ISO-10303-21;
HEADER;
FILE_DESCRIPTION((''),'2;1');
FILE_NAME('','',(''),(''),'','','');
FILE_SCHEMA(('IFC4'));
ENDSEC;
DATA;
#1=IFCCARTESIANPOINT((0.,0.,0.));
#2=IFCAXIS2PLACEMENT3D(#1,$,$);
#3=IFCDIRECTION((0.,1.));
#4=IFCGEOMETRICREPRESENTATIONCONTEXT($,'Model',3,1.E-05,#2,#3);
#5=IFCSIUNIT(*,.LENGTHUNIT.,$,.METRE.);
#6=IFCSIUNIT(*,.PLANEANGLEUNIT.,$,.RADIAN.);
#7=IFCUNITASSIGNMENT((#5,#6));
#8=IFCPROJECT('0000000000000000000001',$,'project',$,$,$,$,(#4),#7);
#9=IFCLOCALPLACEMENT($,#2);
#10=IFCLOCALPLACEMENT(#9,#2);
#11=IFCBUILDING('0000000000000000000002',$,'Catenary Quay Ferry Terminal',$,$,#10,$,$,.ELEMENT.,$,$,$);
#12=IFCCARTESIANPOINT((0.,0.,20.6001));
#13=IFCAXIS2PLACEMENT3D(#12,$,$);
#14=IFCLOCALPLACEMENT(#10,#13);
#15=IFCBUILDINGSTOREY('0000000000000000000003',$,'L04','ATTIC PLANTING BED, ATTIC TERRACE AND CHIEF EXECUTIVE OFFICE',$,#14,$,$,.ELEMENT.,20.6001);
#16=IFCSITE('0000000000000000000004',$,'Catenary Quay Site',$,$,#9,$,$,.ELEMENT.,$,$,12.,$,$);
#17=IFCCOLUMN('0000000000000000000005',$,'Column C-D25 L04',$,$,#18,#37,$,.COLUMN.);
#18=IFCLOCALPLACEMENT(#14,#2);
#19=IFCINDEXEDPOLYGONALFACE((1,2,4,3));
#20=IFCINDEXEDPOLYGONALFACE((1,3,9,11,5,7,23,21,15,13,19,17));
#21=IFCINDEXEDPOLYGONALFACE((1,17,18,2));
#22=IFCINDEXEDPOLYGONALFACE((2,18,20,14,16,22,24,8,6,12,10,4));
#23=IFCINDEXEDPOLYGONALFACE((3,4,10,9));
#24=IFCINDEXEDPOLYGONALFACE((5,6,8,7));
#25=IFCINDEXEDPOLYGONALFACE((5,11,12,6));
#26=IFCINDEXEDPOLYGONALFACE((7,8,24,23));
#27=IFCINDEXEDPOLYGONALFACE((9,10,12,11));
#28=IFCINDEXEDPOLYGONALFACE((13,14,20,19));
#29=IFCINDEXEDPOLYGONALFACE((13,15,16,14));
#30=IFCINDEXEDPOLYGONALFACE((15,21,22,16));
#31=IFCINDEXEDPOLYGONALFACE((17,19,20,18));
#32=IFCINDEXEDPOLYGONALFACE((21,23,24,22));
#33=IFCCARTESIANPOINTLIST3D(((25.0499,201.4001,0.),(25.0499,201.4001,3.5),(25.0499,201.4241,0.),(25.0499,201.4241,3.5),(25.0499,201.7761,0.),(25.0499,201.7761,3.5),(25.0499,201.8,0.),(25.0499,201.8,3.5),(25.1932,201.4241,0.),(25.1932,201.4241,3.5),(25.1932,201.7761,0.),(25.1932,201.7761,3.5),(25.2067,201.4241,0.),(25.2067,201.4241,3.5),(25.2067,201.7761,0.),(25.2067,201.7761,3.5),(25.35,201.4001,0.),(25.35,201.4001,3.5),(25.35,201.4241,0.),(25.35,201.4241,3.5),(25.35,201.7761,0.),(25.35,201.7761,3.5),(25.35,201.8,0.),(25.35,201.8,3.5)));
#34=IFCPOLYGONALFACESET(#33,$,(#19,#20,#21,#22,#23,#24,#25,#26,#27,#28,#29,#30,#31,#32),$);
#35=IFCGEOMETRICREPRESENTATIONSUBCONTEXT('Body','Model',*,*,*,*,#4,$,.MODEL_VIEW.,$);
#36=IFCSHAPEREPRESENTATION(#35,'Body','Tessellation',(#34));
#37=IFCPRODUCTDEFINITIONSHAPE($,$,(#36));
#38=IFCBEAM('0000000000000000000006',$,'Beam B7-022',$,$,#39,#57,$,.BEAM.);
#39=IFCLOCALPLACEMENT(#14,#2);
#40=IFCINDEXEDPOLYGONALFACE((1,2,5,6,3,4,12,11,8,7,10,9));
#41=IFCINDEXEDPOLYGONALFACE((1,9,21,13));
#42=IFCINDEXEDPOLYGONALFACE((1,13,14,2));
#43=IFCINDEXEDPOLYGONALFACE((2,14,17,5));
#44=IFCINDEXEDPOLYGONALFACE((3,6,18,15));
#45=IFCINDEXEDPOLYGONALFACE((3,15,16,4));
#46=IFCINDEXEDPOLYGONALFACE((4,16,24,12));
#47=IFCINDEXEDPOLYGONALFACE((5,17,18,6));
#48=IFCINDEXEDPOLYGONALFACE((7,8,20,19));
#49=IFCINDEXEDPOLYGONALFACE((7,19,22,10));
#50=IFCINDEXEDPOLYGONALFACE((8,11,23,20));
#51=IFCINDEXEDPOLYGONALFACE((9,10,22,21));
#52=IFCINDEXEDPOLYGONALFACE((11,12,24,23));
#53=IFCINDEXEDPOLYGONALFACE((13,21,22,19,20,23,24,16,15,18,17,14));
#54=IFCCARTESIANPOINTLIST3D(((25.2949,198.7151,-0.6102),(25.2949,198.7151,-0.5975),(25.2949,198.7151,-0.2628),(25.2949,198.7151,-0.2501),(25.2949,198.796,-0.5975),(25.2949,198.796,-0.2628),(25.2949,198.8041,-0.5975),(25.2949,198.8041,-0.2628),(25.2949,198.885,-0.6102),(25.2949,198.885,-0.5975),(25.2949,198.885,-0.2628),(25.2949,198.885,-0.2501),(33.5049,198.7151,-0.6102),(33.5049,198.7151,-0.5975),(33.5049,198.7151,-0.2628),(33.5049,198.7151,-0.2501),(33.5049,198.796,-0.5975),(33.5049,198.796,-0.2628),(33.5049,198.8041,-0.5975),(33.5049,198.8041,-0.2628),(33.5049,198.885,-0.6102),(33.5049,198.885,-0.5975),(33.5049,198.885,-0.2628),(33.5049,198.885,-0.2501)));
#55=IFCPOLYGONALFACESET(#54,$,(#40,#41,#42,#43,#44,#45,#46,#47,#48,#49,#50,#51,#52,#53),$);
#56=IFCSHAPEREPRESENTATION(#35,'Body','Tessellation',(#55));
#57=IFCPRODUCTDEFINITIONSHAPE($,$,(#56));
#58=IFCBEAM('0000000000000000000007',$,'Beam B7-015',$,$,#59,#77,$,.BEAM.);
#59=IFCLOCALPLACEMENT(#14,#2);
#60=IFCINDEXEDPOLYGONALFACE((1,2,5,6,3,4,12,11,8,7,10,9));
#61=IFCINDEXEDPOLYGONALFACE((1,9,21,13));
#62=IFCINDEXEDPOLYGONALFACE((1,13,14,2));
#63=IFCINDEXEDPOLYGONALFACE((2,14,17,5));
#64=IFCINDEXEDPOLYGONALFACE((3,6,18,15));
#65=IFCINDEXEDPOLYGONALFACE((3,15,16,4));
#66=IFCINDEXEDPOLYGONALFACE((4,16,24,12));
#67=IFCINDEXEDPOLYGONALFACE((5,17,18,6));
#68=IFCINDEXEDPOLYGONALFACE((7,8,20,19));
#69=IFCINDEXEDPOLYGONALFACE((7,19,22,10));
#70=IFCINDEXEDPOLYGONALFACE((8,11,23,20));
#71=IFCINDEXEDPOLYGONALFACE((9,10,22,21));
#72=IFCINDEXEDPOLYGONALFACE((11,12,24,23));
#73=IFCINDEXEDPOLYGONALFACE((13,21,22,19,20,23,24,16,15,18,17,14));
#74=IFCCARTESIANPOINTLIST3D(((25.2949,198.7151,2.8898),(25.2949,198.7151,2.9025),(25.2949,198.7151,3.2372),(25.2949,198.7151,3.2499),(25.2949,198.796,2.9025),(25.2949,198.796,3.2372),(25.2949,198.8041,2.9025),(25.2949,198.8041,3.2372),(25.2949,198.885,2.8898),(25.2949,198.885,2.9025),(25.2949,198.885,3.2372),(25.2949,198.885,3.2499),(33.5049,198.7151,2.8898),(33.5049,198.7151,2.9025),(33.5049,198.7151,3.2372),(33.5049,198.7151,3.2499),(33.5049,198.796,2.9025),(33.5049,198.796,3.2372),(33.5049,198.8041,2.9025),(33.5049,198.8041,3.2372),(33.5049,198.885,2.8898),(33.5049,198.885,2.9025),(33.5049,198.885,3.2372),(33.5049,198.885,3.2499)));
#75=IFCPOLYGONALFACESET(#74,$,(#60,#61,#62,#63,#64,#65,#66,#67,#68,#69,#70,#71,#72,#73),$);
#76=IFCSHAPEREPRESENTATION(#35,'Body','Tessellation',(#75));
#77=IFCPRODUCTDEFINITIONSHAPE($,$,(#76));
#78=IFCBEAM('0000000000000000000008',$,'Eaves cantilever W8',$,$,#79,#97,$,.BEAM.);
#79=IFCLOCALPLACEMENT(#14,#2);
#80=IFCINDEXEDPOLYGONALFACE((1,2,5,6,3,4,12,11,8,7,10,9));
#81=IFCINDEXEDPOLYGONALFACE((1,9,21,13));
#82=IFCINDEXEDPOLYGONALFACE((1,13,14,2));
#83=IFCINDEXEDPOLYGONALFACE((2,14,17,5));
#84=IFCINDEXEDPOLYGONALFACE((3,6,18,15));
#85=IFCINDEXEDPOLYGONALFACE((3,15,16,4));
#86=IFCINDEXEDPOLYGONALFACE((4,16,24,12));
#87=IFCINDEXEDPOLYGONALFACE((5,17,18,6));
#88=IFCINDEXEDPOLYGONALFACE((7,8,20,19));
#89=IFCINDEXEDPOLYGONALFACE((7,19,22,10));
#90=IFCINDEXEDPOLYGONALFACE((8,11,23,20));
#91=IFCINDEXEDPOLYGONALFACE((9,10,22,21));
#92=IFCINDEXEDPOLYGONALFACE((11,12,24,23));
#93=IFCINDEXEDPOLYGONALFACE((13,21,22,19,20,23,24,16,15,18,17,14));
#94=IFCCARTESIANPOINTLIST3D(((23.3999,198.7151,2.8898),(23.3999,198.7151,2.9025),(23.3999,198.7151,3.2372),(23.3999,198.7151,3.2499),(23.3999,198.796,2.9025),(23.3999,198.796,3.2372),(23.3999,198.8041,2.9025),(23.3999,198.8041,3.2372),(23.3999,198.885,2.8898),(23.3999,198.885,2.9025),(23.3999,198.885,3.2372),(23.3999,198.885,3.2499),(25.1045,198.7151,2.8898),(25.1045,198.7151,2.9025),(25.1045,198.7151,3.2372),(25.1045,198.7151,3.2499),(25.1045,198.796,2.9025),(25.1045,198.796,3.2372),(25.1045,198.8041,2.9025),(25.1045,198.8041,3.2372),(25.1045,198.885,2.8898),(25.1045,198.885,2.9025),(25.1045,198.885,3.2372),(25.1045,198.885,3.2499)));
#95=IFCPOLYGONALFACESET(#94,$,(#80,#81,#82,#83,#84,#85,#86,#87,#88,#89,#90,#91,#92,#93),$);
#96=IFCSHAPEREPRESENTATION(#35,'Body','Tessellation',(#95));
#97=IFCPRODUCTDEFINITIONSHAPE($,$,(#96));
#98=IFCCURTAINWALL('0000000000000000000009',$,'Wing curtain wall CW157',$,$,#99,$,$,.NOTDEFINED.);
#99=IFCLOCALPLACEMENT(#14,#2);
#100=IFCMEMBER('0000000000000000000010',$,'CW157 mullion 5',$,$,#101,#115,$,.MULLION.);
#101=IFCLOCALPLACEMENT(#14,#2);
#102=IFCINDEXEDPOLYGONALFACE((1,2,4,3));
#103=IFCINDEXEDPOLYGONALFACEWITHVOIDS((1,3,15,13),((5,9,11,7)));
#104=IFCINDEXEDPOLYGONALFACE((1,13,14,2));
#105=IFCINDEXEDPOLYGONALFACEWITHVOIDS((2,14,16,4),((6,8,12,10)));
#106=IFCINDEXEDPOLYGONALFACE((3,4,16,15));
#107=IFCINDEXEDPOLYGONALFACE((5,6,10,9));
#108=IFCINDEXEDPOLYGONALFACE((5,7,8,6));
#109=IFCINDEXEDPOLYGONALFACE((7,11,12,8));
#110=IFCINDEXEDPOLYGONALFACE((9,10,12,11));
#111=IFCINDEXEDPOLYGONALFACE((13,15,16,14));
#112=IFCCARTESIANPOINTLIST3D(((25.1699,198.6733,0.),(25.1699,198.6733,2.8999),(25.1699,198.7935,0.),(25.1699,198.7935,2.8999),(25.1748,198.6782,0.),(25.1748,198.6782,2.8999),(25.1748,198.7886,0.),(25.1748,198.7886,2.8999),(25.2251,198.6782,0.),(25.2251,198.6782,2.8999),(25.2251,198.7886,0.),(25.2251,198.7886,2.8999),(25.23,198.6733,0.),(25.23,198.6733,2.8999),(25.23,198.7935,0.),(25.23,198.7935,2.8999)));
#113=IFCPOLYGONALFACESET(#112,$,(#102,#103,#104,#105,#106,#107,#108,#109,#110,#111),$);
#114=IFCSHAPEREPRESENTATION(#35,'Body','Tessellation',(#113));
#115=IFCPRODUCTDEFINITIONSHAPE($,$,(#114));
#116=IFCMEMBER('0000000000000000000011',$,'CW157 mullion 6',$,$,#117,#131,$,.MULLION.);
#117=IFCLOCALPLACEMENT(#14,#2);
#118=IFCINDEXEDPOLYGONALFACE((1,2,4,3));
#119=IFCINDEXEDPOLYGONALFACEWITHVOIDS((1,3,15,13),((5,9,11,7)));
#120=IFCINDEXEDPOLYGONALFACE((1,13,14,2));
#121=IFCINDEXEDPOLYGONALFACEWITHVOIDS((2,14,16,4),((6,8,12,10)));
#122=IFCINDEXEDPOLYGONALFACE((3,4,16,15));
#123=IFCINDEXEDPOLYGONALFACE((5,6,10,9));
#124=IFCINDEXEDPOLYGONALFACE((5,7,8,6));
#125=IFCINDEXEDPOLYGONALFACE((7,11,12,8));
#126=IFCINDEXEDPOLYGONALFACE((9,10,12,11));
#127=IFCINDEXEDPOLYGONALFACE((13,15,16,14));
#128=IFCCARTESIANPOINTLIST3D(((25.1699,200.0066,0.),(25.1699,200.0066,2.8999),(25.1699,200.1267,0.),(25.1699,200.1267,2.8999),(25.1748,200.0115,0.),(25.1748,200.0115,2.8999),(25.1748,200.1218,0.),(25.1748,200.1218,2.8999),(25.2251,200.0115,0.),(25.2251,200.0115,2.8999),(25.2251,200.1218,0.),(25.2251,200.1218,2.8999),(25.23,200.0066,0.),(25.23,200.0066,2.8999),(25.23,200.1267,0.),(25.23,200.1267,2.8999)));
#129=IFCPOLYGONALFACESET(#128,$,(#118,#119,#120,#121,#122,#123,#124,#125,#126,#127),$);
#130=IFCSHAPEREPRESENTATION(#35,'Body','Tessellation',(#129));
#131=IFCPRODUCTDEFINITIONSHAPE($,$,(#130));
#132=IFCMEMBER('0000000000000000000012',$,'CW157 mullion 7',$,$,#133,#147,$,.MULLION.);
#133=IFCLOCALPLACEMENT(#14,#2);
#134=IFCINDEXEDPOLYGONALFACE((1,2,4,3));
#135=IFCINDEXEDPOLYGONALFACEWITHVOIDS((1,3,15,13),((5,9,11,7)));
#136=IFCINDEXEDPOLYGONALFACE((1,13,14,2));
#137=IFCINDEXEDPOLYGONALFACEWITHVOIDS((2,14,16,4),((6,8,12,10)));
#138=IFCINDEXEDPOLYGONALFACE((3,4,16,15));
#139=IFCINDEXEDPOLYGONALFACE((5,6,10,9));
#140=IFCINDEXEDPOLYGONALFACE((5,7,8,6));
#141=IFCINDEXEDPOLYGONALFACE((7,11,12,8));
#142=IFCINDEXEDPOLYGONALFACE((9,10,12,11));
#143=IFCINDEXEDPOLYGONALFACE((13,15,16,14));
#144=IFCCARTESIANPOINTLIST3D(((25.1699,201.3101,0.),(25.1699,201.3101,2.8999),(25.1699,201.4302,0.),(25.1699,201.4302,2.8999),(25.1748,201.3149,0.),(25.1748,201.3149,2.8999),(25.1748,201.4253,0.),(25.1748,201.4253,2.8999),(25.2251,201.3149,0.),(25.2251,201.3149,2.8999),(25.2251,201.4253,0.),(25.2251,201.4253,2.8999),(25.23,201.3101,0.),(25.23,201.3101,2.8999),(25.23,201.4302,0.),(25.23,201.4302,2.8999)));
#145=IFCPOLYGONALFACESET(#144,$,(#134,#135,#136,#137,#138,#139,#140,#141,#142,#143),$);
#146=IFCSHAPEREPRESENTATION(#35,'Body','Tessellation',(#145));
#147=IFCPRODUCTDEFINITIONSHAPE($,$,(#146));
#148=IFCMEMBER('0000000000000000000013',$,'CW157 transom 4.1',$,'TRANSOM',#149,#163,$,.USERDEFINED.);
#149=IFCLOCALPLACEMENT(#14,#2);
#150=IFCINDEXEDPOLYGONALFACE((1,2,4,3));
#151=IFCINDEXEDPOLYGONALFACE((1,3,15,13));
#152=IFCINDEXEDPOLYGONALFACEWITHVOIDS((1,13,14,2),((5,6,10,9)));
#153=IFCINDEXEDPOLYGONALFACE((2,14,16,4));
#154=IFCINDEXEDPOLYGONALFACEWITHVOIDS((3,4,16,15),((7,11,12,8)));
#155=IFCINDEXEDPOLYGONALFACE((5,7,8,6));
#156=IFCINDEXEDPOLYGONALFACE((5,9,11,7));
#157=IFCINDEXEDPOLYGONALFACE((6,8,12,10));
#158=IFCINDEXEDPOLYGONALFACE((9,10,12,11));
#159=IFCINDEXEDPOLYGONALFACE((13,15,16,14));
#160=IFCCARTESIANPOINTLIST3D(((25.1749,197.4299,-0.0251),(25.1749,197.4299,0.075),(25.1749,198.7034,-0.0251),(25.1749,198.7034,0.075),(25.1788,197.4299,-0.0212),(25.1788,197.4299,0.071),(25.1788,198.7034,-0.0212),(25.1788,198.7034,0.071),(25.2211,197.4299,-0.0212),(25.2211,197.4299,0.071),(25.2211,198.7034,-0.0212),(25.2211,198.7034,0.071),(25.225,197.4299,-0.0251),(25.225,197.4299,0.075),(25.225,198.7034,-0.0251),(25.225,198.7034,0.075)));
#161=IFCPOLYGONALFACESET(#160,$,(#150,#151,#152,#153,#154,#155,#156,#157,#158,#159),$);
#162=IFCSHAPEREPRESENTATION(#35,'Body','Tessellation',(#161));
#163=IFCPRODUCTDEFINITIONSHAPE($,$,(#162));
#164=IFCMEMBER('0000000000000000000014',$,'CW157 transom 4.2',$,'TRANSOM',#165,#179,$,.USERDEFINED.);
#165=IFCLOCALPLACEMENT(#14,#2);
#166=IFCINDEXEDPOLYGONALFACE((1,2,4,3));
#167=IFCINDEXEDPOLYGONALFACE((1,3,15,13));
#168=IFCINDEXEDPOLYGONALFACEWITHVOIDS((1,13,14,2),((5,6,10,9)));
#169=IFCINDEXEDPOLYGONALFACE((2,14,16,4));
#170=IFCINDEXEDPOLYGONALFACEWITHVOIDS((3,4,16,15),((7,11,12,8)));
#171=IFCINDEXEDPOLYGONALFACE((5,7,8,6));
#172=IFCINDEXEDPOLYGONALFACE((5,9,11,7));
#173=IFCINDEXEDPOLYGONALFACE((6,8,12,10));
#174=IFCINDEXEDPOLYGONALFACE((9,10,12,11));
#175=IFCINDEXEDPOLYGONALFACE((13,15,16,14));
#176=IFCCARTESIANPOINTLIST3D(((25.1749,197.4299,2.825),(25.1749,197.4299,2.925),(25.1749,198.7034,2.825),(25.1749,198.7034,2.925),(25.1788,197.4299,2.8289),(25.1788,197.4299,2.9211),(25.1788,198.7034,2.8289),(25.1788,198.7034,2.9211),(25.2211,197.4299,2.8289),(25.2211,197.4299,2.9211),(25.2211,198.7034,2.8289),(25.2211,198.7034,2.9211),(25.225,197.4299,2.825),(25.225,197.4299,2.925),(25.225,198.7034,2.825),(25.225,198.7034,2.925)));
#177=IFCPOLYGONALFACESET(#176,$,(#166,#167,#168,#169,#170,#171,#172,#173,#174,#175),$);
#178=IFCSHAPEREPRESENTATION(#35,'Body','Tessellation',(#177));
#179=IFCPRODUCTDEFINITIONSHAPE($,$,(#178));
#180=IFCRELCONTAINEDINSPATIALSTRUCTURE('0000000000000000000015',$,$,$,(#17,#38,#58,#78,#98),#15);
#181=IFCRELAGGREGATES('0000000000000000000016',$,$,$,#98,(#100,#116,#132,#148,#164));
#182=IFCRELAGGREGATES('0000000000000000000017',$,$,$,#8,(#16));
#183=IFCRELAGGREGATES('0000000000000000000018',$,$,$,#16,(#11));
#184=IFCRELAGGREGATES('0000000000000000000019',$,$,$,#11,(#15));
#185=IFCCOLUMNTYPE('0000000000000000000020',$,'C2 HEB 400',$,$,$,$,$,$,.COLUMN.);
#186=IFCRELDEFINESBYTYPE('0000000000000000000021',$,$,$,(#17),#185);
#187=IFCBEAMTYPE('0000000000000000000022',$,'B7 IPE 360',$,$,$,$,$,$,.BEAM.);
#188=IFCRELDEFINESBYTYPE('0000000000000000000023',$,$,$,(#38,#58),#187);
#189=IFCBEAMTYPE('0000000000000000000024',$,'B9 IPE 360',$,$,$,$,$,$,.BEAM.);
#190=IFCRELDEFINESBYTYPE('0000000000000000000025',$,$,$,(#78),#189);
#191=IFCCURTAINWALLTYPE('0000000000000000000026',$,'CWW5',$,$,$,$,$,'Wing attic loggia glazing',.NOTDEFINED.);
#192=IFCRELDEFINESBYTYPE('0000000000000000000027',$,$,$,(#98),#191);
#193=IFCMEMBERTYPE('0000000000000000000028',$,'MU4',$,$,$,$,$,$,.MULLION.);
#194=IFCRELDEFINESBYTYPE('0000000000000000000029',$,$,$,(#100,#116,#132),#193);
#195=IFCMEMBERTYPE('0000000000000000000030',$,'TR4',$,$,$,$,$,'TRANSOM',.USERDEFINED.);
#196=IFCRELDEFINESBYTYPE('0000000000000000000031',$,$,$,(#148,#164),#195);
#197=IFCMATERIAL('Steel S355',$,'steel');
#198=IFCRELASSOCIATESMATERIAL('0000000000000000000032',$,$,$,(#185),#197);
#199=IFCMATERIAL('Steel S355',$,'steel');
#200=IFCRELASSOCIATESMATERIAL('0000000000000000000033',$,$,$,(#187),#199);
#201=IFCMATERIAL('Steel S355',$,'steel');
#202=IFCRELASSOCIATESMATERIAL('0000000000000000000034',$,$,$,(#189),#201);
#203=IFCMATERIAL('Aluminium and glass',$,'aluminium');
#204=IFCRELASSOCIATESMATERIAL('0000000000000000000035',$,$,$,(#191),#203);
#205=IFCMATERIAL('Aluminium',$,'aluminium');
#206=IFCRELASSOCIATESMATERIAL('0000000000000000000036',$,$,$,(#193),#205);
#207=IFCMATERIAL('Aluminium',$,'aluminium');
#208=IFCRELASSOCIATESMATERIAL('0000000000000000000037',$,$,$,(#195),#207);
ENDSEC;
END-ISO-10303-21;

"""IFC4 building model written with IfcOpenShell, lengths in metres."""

from ifc_helpers import new_model, si_unit, direction, frame, origin, origin_2d, place, context, subcontext, project, spatial, hollow_rectangle, i_section, extrude, material, material_profile, profile_set, type_object, element, aggregate, save


model = new_model("IFC4")

# Units and contexts
model_context = context("Model", 3, precision=1e-05, world=origin(), true_north=direction((0.0, 1.0)))
body_context = subcontext(model_context, "Body", "Model", "MODEL_VIEW")
ifc_project = project(units=[si_unit("LENGTHUNIT", "METRE"), si_unit("PLANEANGLEUNIT", "RADIAN")], contexts=[model_context])

# Site, building, storey
site_placement = place(None, origin())
site = spatial("IfcSite", under=ifc_project, at=site_placement, Name="Catenary Quay Site", CompositionType="ELEMENT", RefElevation=12.0)
building_placement = place(site_placement, origin())
building = spatial("IfcBuilding", under=site, at=building_placement, Name="Catenary Quay Ferry Terminal", CompositionType="ELEMENT")
storey_placement = place(building_placement, frame((0.0, 0.0, 20.6001)))
storey = spatial("IfcBuildingStorey", under=building, at=storey_placement, Name="L04", Description="ATTIC PLANTING BED, ATTIC TERRACE AND CHIEF EXECUTIVE OFFICE", CompositionType="ELEMENT", Elevation=20.6001)

# Column
ifc_material_1 = material(Name="Steel S355", Category="steel")
ifc_material_profile_1 = material_profile(ifc_material_1, i_section(OverallWidth=0.3, OverallDepth=0.3999, WebThickness=0.0134, FlangeThickness=0.0239, at=origin_2d()), Name="HEB 400")
ifc_profile_set_1 = profile_set([ifc_material_profile_1], Name="Steel S355")
column_type = type_object("IfcColumnType", Name="C2 HEB 400", PredefinedType="COLUMN", material=ifc_profile_set_1)
column_placement = place(storey_placement, frame((25.2, 201.6001, 0.0), z_axis=(0.0, 0.0, 1.0), x_axis=(1.0, 0.0, 0.0)))
element("IfcColumn", 1, at=column_placement, inside=storey, type_object=column_type, Name="Column C-D25 L04", PredefinedType="COLUMN", context=body_context, shape_type="SweptSolid", body=[
    extrude(i_section(OverallWidth=0.3, OverallDepth=0.3999, WebThickness=0.0134, FlangeThickness=0.0239, at=origin_2d()), origin(), (0.0, 0.0, 1.0), 3.5),
])

# Beams
ifc_material_2 = material(Name="Steel S355", Category="steel")
ifc_material_profile_2 = material_profile(ifc_material_2, i_section(OverallWidth=0.1699, OverallDepth=0.3601, WebThickness=0.0081, FlangeThickness=0.0127, at=origin_2d()), Name="IPE 360")
ifc_profile_set_2 = profile_set([ifc_material_profile_2], Name="Steel S355")
beam_type_1 = type_object("IfcBeamType", Name="B7 IPE 360", PredefinedType="BEAM", material=ifc_profile_set_2)
for number, where, z_axis, x_axis, name in (
    (2, (25.2949, 198.8, -0.4302), (1.0, 0.0, 0.0), (0.0, 1.0, 0.0), "Beam B7-022"),
    (3, (25.2949, 198.8, 3.0698), (1.0, 0.0, 0.0), (0.0, 1.0, 0.0), "Beam B7-015"),
):
    element("IfcBeam", number, at=place(storey_placement, frame(where, z_axis=z_axis, x_axis=x_axis)), inside=storey, type_object=beam_type_1, Name=name, PredefinedType="BEAM", context=body_context, shape_type="SweptSolid", body=[
        extrude(i_section(OverallWidth=0.1699, OverallDepth=0.3601, WebThickness=0.0081, FlangeThickness=0.0127, at=origin_2d()), origin(), (0.0, 0.0, 1.0), 8.21),
    ])
ifc_material_3 = material(Name="Steel S355", Category="steel")
ifc_material_profile_3 = material_profile(ifc_material_3, i_section(OverallWidth=0.1699, OverallDepth=0.3601, WebThickness=0.0081, FlangeThickness=0.0127, at=origin_2d()), Name="IPE 360")
ifc_profile_set_3 = profile_set([ifc_material_profile_3], Name="Steel S355")
beam_type_2 = type_object("IfcBeamType", Name="B9 IPE 360", PredefinedType="BEAM", material=ifc_profile_set_3)
beam_placement = place(storey_placement, frame((25.1045, 198.8, 3.0698), z_axis=(-1.0, 0.0, 0.0), x_axis=(0.0, -1.0, 0.0)))
element("IfcBeam", 4, at=beam_placement, inside=storey, type_object=beam_type_2, Name="Eaves cantilever W8", PredefinedType="BEAM", context=body_context, shape_type="SweptSolid", body=[
    extrude(i_section(OverallWidth=0.1699, OverallDepth=0.3601, WebThickness=0.0081, FlangeThickness=0.0127, at=origin_2d()), origin(), (0.0, 0.0, 1.0), 1.7046),
])

# Curtain wall, members
ifc_material_4 = material(Name="Aluminium and glass", Category="aluminium")
curtain_wall_type = type_object("IfcCurtainWallType", Name="CWW5", ElementType="Wing attic loggia glazing", PredefinedType="NOTDEFINED", material=ifc_material_4)
curtain_wall_placement = place(storey_placement, origin())
curtain_wall = element("IfcCurtainWall", 5, at=curtain_wall_placement, inside=storey, type_object=curtain_wall_type, Name="Wing curtain wall CW157", PredefinedType="NOTDEFINED")
ifc_material_5 = material(Name="Aluminium", Category="aluminium")
ifc_material_profile_4 = material_profile(ifc_material_5, hollow_rectangle(XDim=0.0601, YDim=0.1201, WallThickness=0.0049, at=origin_2d()), Name="MU4")
ifc_profile_set_4 = profile_set([ifc_material_profile_4], Name="Aluminium")
member_type_1 = type_object("IfcMemberType", Name="MU4", PredefinedType="MULLION", material=ifc_profile_set_4)
member_1_placement = place(storey_placement, frame((25.2, 198.7334, 0.0), z_axis=(0.0, 0.0, 1.0), x_axis=(-1.0, 0.0, 0.0)))
member_1 = element("IfcMember", 6, at=member_1_placement, type_object=member_type_1, Name="CW157 mullion 5", PredefinedType="MULLION", context=body_context, shape_type="SweptSolid", body=[
    extrude(hollow_rectangle(XDim=0.0601, YDim=0.1201, WallThickness=0.0049, at=origin_2d()), origin(), (0.0, 0.0, 1.0), 2.8999),
])
member_2_placement = place(storey_placement, frame((25.2, 200.0667, 0.0), z_axis=(0.0, 0.0, 1.0), x_axis=(-1.0, 0.0, 0.0)))
member_2 = element("IfcMember", 7, at=member_2_placement, type_object=member_type_1, Name="CW157 mullion 6", PredefinedType="MULLION", context=body_context, shape_type="SweptSolid", body=[
    extrude(hollow_rectangle(XDim=0.0601, YDim=0.1201, WallThickness=0.0049, at=origin_2d()), origin(), (0.0, 0.0, 1.0), 2.8999),
])
member_3_placement = place(storey_placement, frame((25.2, 201.3701, 0.0), z_axis=(0.0, 0.0, 1.0), x_axis=(-1.0, 0.0, 0.0)))
member_3 = element("IfcMember", 8, at=member_3_placement, type_object=member_type_1, Name="CW157 mullion 7", PredefinedType="MULLION", context=body_context, shape_type="SweptSolid", body=[
    extrude(hollow_rectangle(XDim=0.0601, YDim=0.1201, WallThickness=0.0049, at=origin_2d()), origin(), (0.0, 0.0, 1.0), 2.8999),
])
ifc_material_6 = material(Name="Aluminium", Category="aluminium")
ifc_material_profile_5 = material_profile(ifc_material_6, hollow_rectangle(XDim=0.05, YDim=0.1001, WallThickness=0.0039, at=origin_2d()), Name="TR4")
ifc_profile_set_5 = profile_set([ifc_material_profile_5], Name="Aluminium")
member_type_2 = type_object("IfcMemberType", Name="TR4", ElementType="TRANSOM", PredefinedType="USERDEFINED", material=ifc_profile_set_5)
member_4_placement = place(storey_placement, frame((25.2, 197.4299, 0.0249), z_axis=(0.0, 1.0, 0.0), x_axis=(-1.0, 0.0, 0.0)))
member_4 = element("IfcMember", 9, at=member_4_placement, type_object=member_type_2, Name="CW157 transom 4.1", ObjectType="TRANSOM", PredefinedType="USERDEFINED", context=body_context, shape_type="SweptSolid", body=[
    extrude(hollow_rectangle(XDim=0.05, YDim=0.1001, WallThickness=0.0039, at=origin_2d()), origin(), (0.0, 0.0, 1.0), 1.2734),
])
member_5_placement = place(storey_placement, frame((25.2, 197.4299, 2.875), z_axis=(0.0, 1.0, 0.0), x_axis=(-1.0, 0.0, 0.0)))
member_5 = element("IfcMember", 10, at=member_5_placement, type_object=member_type_2, Name="CW157 transom 4.2", ObjectType="TRANSOM", PredefinedType="USERDEFINED", context=body_context, shape_type="SweptSolid", body=[
    extrude(hollow_rectangle(XDim=0.05, YDim=0.1001, WallThickness=0.0039, at=origin_2d()), origin(), (0.0, 0.0, 1.0), 1.2734),
])

aggregate(curtain_wall, [member_1, member_2, member_3, member_4, member_5])

save(model, "model.ifc")
